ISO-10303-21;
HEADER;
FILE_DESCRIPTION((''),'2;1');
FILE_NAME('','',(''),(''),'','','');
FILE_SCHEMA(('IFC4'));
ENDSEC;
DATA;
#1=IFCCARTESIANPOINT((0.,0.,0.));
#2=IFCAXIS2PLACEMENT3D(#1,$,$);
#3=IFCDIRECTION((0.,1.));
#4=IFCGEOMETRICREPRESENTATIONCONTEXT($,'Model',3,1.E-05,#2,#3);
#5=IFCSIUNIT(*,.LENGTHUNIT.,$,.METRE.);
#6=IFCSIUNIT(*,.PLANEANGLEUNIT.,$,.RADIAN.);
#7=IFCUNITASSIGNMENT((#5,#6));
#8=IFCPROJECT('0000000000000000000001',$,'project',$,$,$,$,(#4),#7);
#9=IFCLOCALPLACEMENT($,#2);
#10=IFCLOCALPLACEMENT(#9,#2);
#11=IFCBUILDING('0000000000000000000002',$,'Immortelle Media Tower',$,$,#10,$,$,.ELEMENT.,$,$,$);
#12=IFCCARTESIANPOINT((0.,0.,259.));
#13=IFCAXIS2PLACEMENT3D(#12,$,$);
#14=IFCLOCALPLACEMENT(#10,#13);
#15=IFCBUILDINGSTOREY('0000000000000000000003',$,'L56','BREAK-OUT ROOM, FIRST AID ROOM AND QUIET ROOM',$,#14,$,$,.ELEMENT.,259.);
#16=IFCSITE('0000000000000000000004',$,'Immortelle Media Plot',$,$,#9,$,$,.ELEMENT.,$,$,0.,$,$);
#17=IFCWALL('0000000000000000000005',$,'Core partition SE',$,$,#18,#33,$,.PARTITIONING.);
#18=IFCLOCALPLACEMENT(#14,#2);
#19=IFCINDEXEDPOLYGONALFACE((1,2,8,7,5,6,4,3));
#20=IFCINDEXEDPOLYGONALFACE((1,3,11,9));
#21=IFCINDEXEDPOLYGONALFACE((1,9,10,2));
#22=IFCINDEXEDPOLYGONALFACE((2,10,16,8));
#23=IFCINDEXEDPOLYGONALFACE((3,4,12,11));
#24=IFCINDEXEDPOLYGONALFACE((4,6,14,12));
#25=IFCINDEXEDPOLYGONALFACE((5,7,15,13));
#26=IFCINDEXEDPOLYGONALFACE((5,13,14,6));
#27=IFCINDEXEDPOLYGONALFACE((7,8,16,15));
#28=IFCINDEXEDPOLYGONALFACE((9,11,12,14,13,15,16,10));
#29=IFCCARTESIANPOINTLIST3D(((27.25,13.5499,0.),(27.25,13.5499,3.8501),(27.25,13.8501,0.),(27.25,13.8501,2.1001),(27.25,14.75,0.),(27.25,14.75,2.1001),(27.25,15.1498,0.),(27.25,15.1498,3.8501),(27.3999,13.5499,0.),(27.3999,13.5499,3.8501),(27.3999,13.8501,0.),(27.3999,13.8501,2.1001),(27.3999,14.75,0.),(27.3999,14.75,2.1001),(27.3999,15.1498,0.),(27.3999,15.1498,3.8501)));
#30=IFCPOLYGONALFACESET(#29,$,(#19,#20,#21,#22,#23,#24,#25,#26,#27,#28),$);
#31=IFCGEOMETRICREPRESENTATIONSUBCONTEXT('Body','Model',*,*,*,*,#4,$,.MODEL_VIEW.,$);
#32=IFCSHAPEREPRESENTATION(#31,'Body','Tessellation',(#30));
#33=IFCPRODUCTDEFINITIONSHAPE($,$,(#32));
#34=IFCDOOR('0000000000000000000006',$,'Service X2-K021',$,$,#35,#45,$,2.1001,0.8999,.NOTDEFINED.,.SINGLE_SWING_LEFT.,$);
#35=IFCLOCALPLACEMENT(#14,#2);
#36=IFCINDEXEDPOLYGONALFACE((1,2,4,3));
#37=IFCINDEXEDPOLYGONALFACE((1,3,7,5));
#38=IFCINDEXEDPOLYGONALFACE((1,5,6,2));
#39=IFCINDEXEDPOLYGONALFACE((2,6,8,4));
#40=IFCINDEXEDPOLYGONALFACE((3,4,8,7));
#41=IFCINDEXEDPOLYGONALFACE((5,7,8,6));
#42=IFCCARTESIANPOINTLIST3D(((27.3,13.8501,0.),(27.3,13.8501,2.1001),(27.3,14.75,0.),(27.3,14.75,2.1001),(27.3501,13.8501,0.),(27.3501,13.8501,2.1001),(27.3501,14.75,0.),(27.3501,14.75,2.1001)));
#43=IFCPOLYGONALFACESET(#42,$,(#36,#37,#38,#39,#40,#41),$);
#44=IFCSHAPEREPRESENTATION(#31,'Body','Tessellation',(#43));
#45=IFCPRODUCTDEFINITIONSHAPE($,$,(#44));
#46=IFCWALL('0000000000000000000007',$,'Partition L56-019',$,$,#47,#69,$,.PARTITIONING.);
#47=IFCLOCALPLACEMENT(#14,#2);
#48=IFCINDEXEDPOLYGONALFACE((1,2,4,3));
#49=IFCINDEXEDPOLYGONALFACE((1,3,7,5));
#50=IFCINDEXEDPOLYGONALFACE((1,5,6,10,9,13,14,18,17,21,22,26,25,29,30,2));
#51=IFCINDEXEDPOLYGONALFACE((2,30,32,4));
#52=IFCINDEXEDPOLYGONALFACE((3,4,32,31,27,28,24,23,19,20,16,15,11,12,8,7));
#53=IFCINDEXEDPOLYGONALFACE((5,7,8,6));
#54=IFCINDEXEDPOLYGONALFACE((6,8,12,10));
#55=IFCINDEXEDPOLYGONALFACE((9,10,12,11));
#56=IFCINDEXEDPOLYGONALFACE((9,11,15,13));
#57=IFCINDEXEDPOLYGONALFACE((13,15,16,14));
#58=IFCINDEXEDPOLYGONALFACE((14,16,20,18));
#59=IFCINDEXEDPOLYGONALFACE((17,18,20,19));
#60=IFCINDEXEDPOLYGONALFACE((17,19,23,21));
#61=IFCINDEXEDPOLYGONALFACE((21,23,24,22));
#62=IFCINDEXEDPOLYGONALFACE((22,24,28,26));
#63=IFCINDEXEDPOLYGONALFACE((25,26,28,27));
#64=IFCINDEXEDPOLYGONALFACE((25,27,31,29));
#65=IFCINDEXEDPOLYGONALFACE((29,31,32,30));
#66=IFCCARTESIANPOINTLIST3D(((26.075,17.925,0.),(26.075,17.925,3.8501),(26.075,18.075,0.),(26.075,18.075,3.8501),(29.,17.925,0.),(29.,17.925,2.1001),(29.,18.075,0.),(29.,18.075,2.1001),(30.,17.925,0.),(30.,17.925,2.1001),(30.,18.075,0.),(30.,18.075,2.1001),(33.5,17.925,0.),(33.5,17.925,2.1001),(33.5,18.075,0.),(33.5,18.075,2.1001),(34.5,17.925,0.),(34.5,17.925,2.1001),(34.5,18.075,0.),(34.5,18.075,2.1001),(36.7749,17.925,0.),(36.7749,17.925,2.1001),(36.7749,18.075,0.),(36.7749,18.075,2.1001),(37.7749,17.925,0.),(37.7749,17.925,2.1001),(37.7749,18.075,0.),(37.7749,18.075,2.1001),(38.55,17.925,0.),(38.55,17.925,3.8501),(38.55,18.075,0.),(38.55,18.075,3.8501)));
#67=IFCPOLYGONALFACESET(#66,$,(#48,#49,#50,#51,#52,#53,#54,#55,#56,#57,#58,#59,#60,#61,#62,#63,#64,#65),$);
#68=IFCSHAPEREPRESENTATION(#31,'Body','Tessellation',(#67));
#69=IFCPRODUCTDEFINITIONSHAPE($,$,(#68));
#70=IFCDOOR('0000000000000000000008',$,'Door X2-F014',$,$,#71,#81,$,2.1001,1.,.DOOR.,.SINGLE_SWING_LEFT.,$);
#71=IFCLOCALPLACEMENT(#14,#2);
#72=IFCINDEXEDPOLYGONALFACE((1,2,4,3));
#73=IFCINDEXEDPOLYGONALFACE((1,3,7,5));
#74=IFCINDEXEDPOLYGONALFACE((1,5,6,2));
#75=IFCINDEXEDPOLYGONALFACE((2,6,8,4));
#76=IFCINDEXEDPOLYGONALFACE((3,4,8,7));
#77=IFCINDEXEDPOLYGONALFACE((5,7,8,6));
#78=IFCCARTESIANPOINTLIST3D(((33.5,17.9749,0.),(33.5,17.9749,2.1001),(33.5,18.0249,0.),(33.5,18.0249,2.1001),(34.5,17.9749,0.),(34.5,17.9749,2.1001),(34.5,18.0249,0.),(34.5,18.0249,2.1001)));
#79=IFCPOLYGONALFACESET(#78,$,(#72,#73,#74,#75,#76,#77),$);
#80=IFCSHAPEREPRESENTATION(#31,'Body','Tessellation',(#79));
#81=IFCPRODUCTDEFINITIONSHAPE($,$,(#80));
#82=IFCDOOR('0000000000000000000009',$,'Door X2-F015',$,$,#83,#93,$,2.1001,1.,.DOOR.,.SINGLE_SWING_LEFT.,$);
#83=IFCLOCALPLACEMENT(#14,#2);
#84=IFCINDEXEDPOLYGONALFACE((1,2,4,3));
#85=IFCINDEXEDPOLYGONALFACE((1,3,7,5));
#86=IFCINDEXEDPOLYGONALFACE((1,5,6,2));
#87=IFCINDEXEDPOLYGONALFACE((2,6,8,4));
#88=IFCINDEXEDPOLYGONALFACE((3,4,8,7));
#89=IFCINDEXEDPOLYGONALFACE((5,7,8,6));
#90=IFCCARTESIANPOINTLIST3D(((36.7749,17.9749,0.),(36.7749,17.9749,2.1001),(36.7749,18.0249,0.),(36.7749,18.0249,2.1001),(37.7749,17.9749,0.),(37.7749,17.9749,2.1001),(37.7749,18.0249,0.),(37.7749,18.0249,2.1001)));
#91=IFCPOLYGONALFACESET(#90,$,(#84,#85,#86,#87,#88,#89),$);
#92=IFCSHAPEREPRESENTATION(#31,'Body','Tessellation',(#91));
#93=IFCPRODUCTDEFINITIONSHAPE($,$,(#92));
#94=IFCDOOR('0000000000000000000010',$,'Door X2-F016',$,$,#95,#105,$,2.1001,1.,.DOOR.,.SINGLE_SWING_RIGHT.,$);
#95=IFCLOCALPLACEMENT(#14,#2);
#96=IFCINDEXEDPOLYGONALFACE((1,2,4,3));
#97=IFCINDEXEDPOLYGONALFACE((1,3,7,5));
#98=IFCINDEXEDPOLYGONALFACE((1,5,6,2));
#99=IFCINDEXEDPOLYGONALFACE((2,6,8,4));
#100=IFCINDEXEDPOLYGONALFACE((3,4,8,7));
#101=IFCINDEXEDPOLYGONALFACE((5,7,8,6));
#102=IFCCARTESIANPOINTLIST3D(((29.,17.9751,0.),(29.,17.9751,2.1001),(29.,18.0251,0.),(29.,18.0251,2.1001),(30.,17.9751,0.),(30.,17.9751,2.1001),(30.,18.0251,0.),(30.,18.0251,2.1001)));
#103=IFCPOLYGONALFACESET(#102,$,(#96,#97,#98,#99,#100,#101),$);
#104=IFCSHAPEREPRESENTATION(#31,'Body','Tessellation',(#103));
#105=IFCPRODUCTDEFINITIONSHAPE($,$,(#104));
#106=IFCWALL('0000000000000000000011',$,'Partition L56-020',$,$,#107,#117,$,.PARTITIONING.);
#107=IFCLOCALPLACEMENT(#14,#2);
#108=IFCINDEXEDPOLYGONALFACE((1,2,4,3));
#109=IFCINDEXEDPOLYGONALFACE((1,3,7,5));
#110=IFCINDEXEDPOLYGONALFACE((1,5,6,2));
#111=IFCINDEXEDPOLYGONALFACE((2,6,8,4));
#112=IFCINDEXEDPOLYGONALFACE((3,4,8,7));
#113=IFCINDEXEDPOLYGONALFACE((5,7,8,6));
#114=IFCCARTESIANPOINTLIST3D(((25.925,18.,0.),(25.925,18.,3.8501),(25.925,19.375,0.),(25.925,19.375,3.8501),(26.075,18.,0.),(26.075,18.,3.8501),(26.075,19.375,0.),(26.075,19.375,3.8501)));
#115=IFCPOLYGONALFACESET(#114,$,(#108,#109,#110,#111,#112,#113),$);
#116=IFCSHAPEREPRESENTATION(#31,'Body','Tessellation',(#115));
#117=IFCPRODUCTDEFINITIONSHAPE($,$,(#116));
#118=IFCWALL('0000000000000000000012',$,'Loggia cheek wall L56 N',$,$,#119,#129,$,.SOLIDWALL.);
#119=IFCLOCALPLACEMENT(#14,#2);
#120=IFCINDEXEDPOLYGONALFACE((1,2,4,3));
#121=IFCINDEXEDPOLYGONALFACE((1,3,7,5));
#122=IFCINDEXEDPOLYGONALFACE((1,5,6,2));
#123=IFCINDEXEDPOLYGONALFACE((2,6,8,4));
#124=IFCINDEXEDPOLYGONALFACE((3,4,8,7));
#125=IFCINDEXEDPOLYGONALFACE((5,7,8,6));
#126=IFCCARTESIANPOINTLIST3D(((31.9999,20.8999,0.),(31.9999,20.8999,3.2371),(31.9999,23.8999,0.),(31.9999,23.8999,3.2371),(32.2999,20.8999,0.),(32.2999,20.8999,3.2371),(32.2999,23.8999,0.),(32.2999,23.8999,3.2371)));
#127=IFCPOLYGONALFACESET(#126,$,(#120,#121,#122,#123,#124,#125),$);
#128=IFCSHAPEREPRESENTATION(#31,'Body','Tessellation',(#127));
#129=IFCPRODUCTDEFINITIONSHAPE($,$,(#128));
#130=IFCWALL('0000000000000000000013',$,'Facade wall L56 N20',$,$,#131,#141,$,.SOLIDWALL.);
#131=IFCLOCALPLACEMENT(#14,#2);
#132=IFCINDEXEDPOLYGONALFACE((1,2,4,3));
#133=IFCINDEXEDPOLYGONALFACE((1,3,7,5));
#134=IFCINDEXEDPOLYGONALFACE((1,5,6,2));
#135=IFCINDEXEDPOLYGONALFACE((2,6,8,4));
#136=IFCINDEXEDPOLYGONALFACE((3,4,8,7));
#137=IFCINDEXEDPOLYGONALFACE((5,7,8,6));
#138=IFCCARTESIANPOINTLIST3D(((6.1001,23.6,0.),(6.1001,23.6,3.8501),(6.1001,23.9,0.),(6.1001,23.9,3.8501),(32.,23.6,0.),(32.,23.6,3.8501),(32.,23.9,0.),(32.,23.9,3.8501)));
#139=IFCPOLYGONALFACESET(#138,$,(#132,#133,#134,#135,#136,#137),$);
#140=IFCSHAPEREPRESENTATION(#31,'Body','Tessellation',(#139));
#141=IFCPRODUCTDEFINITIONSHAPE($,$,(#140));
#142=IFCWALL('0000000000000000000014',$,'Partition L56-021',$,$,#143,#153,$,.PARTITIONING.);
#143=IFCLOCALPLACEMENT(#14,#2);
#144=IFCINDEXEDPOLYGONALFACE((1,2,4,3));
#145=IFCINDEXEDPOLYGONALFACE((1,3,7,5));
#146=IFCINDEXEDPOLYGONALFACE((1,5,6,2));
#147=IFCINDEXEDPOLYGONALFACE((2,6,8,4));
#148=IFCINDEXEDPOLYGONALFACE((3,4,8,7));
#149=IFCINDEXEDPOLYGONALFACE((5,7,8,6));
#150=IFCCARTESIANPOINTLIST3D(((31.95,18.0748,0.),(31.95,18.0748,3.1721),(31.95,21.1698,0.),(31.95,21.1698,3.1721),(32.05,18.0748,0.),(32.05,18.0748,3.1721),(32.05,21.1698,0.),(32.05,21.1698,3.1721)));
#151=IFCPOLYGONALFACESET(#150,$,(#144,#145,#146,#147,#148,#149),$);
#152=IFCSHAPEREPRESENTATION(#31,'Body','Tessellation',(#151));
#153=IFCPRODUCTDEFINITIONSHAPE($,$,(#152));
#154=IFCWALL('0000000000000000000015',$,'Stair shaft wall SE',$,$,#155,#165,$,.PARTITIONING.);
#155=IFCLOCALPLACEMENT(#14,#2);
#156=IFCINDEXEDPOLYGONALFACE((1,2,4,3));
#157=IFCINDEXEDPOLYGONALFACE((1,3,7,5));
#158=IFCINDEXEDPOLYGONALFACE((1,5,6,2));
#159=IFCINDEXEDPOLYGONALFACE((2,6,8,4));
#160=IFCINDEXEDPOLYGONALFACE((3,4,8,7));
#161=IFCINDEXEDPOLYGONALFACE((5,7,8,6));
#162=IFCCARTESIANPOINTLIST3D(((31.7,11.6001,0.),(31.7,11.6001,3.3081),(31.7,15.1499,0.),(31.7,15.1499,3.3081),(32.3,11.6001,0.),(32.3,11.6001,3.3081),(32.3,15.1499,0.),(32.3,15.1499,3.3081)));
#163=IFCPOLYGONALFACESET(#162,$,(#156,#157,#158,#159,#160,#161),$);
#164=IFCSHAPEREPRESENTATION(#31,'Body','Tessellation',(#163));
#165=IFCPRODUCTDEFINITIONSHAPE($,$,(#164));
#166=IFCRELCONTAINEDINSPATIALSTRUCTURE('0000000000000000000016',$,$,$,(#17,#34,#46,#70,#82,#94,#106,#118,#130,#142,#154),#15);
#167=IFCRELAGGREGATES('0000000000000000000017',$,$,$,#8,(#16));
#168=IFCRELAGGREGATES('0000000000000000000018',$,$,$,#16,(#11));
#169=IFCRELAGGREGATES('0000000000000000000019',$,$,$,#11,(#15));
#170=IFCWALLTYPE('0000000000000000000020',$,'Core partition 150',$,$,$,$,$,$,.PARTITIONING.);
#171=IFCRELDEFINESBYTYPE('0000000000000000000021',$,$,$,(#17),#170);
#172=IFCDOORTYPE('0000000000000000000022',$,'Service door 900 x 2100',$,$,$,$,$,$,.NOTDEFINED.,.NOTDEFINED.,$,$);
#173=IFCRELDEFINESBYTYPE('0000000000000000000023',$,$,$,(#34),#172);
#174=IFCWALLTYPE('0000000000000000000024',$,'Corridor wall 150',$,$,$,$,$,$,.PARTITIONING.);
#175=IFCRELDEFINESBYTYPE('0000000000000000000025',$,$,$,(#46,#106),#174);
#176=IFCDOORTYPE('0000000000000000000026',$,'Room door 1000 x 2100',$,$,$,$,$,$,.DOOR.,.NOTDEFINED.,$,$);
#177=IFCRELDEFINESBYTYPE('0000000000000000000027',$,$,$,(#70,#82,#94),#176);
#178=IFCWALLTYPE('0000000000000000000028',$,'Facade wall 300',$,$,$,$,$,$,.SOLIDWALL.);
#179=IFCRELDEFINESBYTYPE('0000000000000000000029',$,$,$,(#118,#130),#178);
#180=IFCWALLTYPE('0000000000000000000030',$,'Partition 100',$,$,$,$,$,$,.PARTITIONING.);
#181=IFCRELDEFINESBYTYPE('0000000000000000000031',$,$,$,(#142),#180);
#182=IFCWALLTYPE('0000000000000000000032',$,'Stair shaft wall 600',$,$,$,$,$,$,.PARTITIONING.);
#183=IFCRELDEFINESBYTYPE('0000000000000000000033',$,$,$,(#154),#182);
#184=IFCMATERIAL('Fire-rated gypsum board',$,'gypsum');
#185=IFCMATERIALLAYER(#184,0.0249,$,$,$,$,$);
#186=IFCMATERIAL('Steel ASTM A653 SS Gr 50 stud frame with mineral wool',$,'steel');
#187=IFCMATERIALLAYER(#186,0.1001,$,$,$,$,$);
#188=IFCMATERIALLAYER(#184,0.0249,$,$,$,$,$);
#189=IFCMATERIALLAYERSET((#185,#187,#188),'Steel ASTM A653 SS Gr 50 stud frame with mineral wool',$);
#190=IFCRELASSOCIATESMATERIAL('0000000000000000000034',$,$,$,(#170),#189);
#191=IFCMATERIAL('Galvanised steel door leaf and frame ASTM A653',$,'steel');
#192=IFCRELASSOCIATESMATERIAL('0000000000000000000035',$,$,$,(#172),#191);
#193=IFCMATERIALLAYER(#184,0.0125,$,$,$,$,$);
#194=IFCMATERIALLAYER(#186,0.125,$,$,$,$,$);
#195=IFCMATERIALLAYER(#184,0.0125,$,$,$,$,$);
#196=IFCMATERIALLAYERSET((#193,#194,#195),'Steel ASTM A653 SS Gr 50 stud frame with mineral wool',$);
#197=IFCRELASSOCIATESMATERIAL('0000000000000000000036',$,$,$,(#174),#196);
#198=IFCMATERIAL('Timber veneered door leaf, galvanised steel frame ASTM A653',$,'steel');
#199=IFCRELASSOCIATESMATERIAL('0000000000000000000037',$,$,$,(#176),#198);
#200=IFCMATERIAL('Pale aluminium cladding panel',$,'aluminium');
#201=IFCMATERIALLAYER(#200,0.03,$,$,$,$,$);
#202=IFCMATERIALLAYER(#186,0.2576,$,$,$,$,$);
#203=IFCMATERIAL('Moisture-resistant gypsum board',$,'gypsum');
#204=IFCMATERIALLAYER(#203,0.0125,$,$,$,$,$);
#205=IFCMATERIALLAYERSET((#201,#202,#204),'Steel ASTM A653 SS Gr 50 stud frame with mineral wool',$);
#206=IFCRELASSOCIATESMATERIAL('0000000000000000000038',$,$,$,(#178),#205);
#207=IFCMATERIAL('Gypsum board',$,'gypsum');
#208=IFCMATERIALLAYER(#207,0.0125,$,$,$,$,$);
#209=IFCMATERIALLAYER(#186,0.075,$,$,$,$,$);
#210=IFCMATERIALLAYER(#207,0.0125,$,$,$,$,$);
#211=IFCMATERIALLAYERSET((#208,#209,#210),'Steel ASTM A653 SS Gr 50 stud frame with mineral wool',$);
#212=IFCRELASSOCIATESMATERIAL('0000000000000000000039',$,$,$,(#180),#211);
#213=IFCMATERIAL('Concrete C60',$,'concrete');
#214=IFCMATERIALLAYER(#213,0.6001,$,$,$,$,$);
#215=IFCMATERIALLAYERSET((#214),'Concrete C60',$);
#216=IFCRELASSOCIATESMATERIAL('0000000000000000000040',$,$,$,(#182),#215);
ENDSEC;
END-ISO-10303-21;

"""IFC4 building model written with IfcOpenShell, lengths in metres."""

from ifc_helpers import new_model, si_unit, direction, frame, frame_2d, origin, place, context, subcontext, project, spatial, rectangle, extrude, material, layer, layer_set, type_object, element, fill, save


model = new_model("IFC4")

# Units and contexts
model_context = context("Model", 3, precision=1e-05, world=origin(), true_north=direction((0.0, 1.0)))
body_context = subcontext(model_context, "Body", "Model", "MODEL_VIEW")
ifc_project = project(units=[si_unit("LENGTHUNIT", "METRE"), si_unit("PLANEANGLEUNIT", "RADIAN")], contexts=[model_context])

# Site, building, storey
site_placement = place(None, origin())
site = spatial("IfcSite", under=ifc_project, at=site_placement, Name="Immortelle Media Plot", CompositionType="ELEMENT", RefElevation=0.0)
building_placement = place(site_placement, origin())
building = spatial("IfcBuilding", under=site, at=building_placement, Name="Immortelle Media Tower", CompositionType="ELEMENT")
storey_placement = place(building_placement, frame((0.0, 0.0, 259.0)))
storey = spatial("IfcBuildingStorey", under=building, at=storey_placement, Name="L56", Description="BREAK-OUT ROOM, FIRST AID ROOM AND QUIET ROOM", CompositionType="ELEMENT", Elevation=259.0)

# Shared definitions
ifc_material_1 = material(Name="Fire-rated gypsum board", Category="gypsum")
ifc_layer_1 = layer(ifc_material_1, 0.0249)
ifc_material_2 = material(Name="Steel ASTM A653 SS Gr 50 stud frame with mineral wool", Category="steel")
ifc_layer_2 = layer(ifc_material_2, 0.1001)
ifc_layer_3 = layer(ifc_material_1, 0.0249)
ifc_layer_set_1 = layer_set([ifc_layer_1, ifc_layer_2, ifc_layer_3], Name="Steel ASTM A653 SS Gr 50 stud frame with mineral wool")
wall_type_1 = type_object("IfcWallType", Name="Core partition 150", PredefinedType="PARTITIONING", material=ifc_layer_set_1)

# Wall, opening, door
wall_1_placement = place(storey_placement, frame((27.325, 13.55, 0.0), z_axis=(0.0, 0.0, 1.0), x_axis=(0.0, 1.0, 0.0)))
wall_1 = element("IfcWall", 1, at=wall_1_placement, inside=storey, type_object=wall_type_1, Name="Core partition SE", PredefinedType="PARTITIONING", context=body_context, shape_type="SweptSolid", body=[
    extrude(rectangle(XDim=1.5999, YDim=0.1499, at=frame_2d((0.7998, 0.0))), origin(), (0.0, 0.0, 1.0), 3.8501),
])
opening_1_placement = place(wall_1_placement, frame((0.3, 0.0, 0.0)))
opening_1 = element("IfcOpeningElement", 2, at=opening_1_placement, cuts=wall_1, PredefinedType="OPENING", context=body_context, shape_type="SweptSolid", body=[
    extrude(rectangle(XDim=0.8999, YDim=2.1001, at=frame_2d((0.45, 1.05))), frame((0.0, 0.085, 0.0), z_axis=(0.0, -1.0, 0.0), x_axis=(1.0, 0.0, 0.0)), (0.0, 0.0, 1.0), 0.1699),
])
ifc_material_3 = material(Name="Galvanised steel door leaf and frame ASTM A653", Category="steel")
door_type_1 = type_object("IfcDoorType", Name="Service door 900 x 2100", OperationType="NOTDEFINED", PredefinedType="NOTDEFINED", material=ifc_material_3)
door_1_placement = place(opening_1_placement, origin())
door_1 = element("IfcDoor", 3, at=door_1_placement, inside=storey, type_object=door_type_1, Name="Service X2-K021", OperationType="SINGLE_SWING_LEFT", OverallHeight=2.1001, OverallWidth=0.8999, PredefinedType="NOTDEFINED", context=body_context, shape_type="SweptSolid", body=[
    extrude(rectangle(XDim=0.8999, YDim=2.1001, at=frame_2d((0.45, 1.05))), frame((0.0, 0.0249, 0.0), z_axis=(0.0, -1.0, 0.0), x_axis=(1.0, 0.0, 0.0)), (0.0, 0.0, 1.0), 0.05),
])
fill(opening_1, door_1)

# Wall, openings, doors
ifc_layer_4 = layer(ifc_material_1, 0.0125)
ifc_layer_5 = layer(ifc_material_2, 0.125)
ifc_layer_6 = layer(ifc_material_1, 0.0125)
ifc_layer_set_2 = layer_set([ifc_layer_4, ifc_layer_5, ifc_layer_6], Name="Steel ASTM A653 SS Gr 50 stud frame with mineral wool")
wall_type_2 = type_object("IfcWallType", Name="Corridor wall 150", PredefinedType="PARTITIONING", material=ifc_layer_set_2)
wall_2_placement = place(storey_placement, frame((26.075, 18.0, 0.0), z_axis=(0.0, 0.0, 1.0), x_axis=(1.0, 0.0, 0.0)))
wall_2 = element("IfcWall", 4, at=wall_2_placement, inside=storey, type_object=wall_type_2, Name="Partition L56-019", PredefinedType="PARTITIONING", context=body_context, shape_type="SweptSolid", body=[
    extrude(rectangle(XDim=12.4751, YDim=0.1499, at=frame_2d((6.2375, 0.0))), origin(), (0.0, 0.0, 1.0), 3.8501),
])
opening_2_placement = place(wall_2_placement, frame((7.425, 0.0, 0.0)))
opening_2 = element("IfcOpeningElement", 5, at=opening_2_placement, cuts=wall_2, PredefinedType="OPENING", context=body_context, shape_type="SweptSolid", body=[
    extrude(rectangle(XDim=1.0, YDim=2.1001, at=frame_2d((0.5, 1.05))), frame((0.0, 0.085, 0.0), z_axis=(0.0, -1.0, 0.0), x_axis=(1.0, 0.0, 0.0)), (0.0, 0.0, 1.0), 0.1699),
])
opening_3_placement = place(wall_2_placement, frame((10.7, 0.0, 0.0)))
opening_3 = element("IfcOpeningElement", 6, at=opening_3_placement, cuts=wall_2, PredefinedType="OPENING", context=body_context, shape_type="SweptSolid", body=[
    extrude(rectangle(XDim=1.0, YDim=2.1001, at=frame_2d((0.5, 1.05))), frame((0.0, 0.085, 0.0), z_axis=(0.0, -1.0, 0.0), x_axis=(1.0, 0.0, 0.0)), (0.0, 0.0, 1.0), 0.1699),
])
opening_4_placement = place(wall_2_placement, frame((3.925, 0.0, 0.0), z_axis=(0.0, 0.0, 1.0), x_axis=(-1.0, 0.0, 0.0)))
opening_4 = element("IfcOpeningElement", 7, at=opening_4_placement, cuts=wall_2, PredefinedType="OPENING", context=body_context, shape_type="SweptSolid", body=[
    extrude(rectangle(XDim=1.0, YDim=2.1001, at=frame_2d((0.5, 1.05))), frame((0.0, 0.085, 0.0), z_axis=(0.0, -1.0, 0.0), x_axis=(1.0, 0.0, 0.0)), (0.0, 0.0, 1.0), 0.1699),
])
ifc_material_4 = material(Name="Timber veneered door leaf, galvanised steel frame ASTM A653", Category="steel")
door_type_2 = type_object("IfcDoorType", Name="Room door 1000 x 2100", OperationType="NOTDEFINED", PredefinedType="DOOR", material=ifc_material_4)
door_2_placement = place(opening_2_placement, origin())
door_2 = element("IfcDoor", 8, at=door_2_placement, inside=storey, type_object=door_type_2, Name="Door X2-F014", OperationType="SINGLE_SWING_LEFT", OverallHeight=2.1001, OverallWidth=1.0, PredefinedType="DOOR", context=body_context, shape_type="SweptSolid", body=[
    extrude(rectangle(XDim=1.0, YDim=2.1001, at=frame_2d((0.5, 1.05))), frame((0.0, 0.0249, 0.0), z_axis=(0.0, -1.0, 0.0), x_axis=(1.0, 0.0, 0.0)), (0.0, 0.0, 1.0), 0.05),
])
fill(opening_2, door_2)
door_3_placement = place(opening_3_placement, origin())
door_3 = element("IfcDoor", 9, at=door_3_placement, inside=storey, type_object=door_type_2, Name="Door X2-F015", OperationType="SINGLE_SWING_LEFT", OverallHeight=2.1001, OverallWidth=1.0, PredefinedType="DOOR", context=body_context, shape_type="SweptSolid", body=[
    extrude(rectangle(XDim=1.0, YDim=2.1001, at=frame_2d((0.5, 1.05))), frame((0.0, 0.0249, 0.0), z_axis=(0.0, -1.0, 0.0), x_axis=(1.0, 0.0, 0.0)), (0.0, 0.0, 1.0), 0.05),
])
fill(opening_3, door_3)
door_4_placement = place(opening_4_placement, origin())
door_4 = element("IfcDoor", 10, at=door_4_placement, inside=storey, type_object=door_type_2, Name="Door X2-F016", OperationType="SINGLE_SWING_RIGHT", OverallHeight=2.1001, OverallWidth=1.0, PredefinedType="DOOR", context=body_context, shape_type="SweptSolid", body=[
    extrude(rectangle(XDim=1.0, YDim=2.1001, at=frame_2d((0.5, 1.05))), frame((0.0, 0.0249, 0.0), z_axis=(0.0, -1.0, 0.0), x_axis=(1.0, 0.0, 0.0)), (0.0, 0.0, 1.0), 0.05),
])
fill(opening_4, door_4)

# Walls
wall_3_placement = place(storey_placement, frame((26.0, 18.0, 0.0), z_axis=(0.0, 0.0, 1.0), x_axis=(0.0, 1.0, 0.0)))
element("IfcWall", 11, at=wall_3_placement, inside=storey, type_object=wall_type_2, Name="Partition L56-020", PredefinedType="PARTITIONING", context=body_context, shape_type="SweptSolid", body=[
    extrude(rectangle(XDim=1.375, YDim=0.1499, at=frame_2d((0.6875, 0.0))), origin(), (0.0, 0.0, 1.0), 3.8501),
])
ifc_material_5 = material(Name="Pale aluminium cladding panel", Category="aluminium")
ifc_layer_7 = layer(ifc_material_5, 0.03)
ifc_layer_8 = layer(ifc_material_2, 0.2576)
ifc_material_6 = material(Name="Moisture-resistant gypsum board", Category="gypsum")
ifc_layer_9 = layer(ifc_material_6, 0.0125)
ifc_layer_set_3 = layer_set([ifc_layer_7, ifc_layer_8, ifc_layer_9], Name="Steel ASTM A653 SS Gr 50 stud frame with mineral wool")
wall_type_3 = type_object("IfcWallType", Name="Facade wall 300", PredefinedType="SOLIDWALL", material=ifc_layer_set_3)
wall_4_placement = place(storey_placement, frame((32.1499, 23.8999, 0.0), z_axis=(0.0, 0.0, 1.0), x_axis=(0.0, -1.0, 0.0)))
element("IfcWall", 12, at=wall_4_placement, inside=storey, type_object=wall_type_3, Name="Loggia cheek wall L56 N", PredefinedType="SOLIDWALL", context=body_context, shape_type="SweptSolid", body=[
    extrude(rectangle(XDim=3.0, YDim=0.3, at=frame_2d((1.5, 0.0))), origin(), (0.0, 0.0, 1.0), 3.2371),
])
wall_5_placement = place(storey_placement, frame((32.0, 23.75, 0.0), z_axis=(0.0, 0.0, 1.0), x_axis=(-1.0, 0.0, 0.0)))
element("IfcWall", 13, at=wall_5_placement, inside=storey, type_object=wall_type_3, Name="Facade wall L56 N20", PredefinedType="SOLIDWALL", context=body_context, shape_type="SweptSolid", body=[
    extrude(rectangle(XDim=25.8999, YDim=0.3, at=frame_2d((12.95, 0.0))), origin(), (0.0, 0.0, 1.0), 3.8501),
])
ifc_material_7 = material(Name="Gypsum board", Category="gypsum")
ifc_layer_10 = layer(ifc_material_7, 0.0125)
ifc_layer_11 = layer(ifc_material_2, 0.075)
ifc_layer_12 = layer(ifc_material_7, 0.0125)
ifc_layer_set_4 = layer_set([ifc_layer_10, ifc_layer_11, ifc_layer_12], Name="Steel ASTM A653 SS Gr 50 stud frame with mineral wool")
wall_type_4 = type_object("IfcWallType", Name="Partition 100", PredefinedType="PARTITIONING", material=ifc_layer_set_4)
wall_6_placement = place(storey_placement, frame((32.0, 18.075, 0.0), z_axis=(0.0, 0.0, 1.0), x_axis=(0.0, 1.0, 0.0)))
element("IfcWall", 14, at=wall_6_placement, inside=storey, type_object=wall_type_4, Name="Partition L56-021", PredefinedType="PARTITIONING", context=body_context, shape_type="SweptSolid", body=[
    extrude(rectangle(XDim=3.095, YDim=0.1001, at=frame_2d((1.5474, 0.0))), origin(), (0.0, 0.0, 1.0), 3.1721),
])
ifc_material_8 = material(Name="Concrete C60", Category="concrete")
ifc_layer_13 = layer(ifc_material_8, 0.6001)
ifc_layer_set_5 = layer_set([ifc_layer_13], Name="Concrete C60")
wall_type_5 = type_object("IfcWallType", Name="Stair shaft wall 600", PredefinedType="PARTITIONING", material=ifc_layer_set_5)
wall_7_placement = place(storey_placement, frame((32.0, 11.6001, 0.0), z_axis=(0.0, 0.0, 1.0), x_axis=(0.0, 1.0, 0.0)))
element("IfcWall", 15, at=wall_7_placement, inside=storey, type_object=wall_type_5, Name="Stair shaft wall SE", PredefinedType="PARTITIONING", context=body_context, shape_type="SweptSolid", body=[
    extrude(rectangle(XDim=3.5498, YDim=0.6001, at=frame_2d((1.7749, 0.0))), origin(), (0.0, 0.0, 1.0), 3.3081),
])

save(model, "model.ifc")
